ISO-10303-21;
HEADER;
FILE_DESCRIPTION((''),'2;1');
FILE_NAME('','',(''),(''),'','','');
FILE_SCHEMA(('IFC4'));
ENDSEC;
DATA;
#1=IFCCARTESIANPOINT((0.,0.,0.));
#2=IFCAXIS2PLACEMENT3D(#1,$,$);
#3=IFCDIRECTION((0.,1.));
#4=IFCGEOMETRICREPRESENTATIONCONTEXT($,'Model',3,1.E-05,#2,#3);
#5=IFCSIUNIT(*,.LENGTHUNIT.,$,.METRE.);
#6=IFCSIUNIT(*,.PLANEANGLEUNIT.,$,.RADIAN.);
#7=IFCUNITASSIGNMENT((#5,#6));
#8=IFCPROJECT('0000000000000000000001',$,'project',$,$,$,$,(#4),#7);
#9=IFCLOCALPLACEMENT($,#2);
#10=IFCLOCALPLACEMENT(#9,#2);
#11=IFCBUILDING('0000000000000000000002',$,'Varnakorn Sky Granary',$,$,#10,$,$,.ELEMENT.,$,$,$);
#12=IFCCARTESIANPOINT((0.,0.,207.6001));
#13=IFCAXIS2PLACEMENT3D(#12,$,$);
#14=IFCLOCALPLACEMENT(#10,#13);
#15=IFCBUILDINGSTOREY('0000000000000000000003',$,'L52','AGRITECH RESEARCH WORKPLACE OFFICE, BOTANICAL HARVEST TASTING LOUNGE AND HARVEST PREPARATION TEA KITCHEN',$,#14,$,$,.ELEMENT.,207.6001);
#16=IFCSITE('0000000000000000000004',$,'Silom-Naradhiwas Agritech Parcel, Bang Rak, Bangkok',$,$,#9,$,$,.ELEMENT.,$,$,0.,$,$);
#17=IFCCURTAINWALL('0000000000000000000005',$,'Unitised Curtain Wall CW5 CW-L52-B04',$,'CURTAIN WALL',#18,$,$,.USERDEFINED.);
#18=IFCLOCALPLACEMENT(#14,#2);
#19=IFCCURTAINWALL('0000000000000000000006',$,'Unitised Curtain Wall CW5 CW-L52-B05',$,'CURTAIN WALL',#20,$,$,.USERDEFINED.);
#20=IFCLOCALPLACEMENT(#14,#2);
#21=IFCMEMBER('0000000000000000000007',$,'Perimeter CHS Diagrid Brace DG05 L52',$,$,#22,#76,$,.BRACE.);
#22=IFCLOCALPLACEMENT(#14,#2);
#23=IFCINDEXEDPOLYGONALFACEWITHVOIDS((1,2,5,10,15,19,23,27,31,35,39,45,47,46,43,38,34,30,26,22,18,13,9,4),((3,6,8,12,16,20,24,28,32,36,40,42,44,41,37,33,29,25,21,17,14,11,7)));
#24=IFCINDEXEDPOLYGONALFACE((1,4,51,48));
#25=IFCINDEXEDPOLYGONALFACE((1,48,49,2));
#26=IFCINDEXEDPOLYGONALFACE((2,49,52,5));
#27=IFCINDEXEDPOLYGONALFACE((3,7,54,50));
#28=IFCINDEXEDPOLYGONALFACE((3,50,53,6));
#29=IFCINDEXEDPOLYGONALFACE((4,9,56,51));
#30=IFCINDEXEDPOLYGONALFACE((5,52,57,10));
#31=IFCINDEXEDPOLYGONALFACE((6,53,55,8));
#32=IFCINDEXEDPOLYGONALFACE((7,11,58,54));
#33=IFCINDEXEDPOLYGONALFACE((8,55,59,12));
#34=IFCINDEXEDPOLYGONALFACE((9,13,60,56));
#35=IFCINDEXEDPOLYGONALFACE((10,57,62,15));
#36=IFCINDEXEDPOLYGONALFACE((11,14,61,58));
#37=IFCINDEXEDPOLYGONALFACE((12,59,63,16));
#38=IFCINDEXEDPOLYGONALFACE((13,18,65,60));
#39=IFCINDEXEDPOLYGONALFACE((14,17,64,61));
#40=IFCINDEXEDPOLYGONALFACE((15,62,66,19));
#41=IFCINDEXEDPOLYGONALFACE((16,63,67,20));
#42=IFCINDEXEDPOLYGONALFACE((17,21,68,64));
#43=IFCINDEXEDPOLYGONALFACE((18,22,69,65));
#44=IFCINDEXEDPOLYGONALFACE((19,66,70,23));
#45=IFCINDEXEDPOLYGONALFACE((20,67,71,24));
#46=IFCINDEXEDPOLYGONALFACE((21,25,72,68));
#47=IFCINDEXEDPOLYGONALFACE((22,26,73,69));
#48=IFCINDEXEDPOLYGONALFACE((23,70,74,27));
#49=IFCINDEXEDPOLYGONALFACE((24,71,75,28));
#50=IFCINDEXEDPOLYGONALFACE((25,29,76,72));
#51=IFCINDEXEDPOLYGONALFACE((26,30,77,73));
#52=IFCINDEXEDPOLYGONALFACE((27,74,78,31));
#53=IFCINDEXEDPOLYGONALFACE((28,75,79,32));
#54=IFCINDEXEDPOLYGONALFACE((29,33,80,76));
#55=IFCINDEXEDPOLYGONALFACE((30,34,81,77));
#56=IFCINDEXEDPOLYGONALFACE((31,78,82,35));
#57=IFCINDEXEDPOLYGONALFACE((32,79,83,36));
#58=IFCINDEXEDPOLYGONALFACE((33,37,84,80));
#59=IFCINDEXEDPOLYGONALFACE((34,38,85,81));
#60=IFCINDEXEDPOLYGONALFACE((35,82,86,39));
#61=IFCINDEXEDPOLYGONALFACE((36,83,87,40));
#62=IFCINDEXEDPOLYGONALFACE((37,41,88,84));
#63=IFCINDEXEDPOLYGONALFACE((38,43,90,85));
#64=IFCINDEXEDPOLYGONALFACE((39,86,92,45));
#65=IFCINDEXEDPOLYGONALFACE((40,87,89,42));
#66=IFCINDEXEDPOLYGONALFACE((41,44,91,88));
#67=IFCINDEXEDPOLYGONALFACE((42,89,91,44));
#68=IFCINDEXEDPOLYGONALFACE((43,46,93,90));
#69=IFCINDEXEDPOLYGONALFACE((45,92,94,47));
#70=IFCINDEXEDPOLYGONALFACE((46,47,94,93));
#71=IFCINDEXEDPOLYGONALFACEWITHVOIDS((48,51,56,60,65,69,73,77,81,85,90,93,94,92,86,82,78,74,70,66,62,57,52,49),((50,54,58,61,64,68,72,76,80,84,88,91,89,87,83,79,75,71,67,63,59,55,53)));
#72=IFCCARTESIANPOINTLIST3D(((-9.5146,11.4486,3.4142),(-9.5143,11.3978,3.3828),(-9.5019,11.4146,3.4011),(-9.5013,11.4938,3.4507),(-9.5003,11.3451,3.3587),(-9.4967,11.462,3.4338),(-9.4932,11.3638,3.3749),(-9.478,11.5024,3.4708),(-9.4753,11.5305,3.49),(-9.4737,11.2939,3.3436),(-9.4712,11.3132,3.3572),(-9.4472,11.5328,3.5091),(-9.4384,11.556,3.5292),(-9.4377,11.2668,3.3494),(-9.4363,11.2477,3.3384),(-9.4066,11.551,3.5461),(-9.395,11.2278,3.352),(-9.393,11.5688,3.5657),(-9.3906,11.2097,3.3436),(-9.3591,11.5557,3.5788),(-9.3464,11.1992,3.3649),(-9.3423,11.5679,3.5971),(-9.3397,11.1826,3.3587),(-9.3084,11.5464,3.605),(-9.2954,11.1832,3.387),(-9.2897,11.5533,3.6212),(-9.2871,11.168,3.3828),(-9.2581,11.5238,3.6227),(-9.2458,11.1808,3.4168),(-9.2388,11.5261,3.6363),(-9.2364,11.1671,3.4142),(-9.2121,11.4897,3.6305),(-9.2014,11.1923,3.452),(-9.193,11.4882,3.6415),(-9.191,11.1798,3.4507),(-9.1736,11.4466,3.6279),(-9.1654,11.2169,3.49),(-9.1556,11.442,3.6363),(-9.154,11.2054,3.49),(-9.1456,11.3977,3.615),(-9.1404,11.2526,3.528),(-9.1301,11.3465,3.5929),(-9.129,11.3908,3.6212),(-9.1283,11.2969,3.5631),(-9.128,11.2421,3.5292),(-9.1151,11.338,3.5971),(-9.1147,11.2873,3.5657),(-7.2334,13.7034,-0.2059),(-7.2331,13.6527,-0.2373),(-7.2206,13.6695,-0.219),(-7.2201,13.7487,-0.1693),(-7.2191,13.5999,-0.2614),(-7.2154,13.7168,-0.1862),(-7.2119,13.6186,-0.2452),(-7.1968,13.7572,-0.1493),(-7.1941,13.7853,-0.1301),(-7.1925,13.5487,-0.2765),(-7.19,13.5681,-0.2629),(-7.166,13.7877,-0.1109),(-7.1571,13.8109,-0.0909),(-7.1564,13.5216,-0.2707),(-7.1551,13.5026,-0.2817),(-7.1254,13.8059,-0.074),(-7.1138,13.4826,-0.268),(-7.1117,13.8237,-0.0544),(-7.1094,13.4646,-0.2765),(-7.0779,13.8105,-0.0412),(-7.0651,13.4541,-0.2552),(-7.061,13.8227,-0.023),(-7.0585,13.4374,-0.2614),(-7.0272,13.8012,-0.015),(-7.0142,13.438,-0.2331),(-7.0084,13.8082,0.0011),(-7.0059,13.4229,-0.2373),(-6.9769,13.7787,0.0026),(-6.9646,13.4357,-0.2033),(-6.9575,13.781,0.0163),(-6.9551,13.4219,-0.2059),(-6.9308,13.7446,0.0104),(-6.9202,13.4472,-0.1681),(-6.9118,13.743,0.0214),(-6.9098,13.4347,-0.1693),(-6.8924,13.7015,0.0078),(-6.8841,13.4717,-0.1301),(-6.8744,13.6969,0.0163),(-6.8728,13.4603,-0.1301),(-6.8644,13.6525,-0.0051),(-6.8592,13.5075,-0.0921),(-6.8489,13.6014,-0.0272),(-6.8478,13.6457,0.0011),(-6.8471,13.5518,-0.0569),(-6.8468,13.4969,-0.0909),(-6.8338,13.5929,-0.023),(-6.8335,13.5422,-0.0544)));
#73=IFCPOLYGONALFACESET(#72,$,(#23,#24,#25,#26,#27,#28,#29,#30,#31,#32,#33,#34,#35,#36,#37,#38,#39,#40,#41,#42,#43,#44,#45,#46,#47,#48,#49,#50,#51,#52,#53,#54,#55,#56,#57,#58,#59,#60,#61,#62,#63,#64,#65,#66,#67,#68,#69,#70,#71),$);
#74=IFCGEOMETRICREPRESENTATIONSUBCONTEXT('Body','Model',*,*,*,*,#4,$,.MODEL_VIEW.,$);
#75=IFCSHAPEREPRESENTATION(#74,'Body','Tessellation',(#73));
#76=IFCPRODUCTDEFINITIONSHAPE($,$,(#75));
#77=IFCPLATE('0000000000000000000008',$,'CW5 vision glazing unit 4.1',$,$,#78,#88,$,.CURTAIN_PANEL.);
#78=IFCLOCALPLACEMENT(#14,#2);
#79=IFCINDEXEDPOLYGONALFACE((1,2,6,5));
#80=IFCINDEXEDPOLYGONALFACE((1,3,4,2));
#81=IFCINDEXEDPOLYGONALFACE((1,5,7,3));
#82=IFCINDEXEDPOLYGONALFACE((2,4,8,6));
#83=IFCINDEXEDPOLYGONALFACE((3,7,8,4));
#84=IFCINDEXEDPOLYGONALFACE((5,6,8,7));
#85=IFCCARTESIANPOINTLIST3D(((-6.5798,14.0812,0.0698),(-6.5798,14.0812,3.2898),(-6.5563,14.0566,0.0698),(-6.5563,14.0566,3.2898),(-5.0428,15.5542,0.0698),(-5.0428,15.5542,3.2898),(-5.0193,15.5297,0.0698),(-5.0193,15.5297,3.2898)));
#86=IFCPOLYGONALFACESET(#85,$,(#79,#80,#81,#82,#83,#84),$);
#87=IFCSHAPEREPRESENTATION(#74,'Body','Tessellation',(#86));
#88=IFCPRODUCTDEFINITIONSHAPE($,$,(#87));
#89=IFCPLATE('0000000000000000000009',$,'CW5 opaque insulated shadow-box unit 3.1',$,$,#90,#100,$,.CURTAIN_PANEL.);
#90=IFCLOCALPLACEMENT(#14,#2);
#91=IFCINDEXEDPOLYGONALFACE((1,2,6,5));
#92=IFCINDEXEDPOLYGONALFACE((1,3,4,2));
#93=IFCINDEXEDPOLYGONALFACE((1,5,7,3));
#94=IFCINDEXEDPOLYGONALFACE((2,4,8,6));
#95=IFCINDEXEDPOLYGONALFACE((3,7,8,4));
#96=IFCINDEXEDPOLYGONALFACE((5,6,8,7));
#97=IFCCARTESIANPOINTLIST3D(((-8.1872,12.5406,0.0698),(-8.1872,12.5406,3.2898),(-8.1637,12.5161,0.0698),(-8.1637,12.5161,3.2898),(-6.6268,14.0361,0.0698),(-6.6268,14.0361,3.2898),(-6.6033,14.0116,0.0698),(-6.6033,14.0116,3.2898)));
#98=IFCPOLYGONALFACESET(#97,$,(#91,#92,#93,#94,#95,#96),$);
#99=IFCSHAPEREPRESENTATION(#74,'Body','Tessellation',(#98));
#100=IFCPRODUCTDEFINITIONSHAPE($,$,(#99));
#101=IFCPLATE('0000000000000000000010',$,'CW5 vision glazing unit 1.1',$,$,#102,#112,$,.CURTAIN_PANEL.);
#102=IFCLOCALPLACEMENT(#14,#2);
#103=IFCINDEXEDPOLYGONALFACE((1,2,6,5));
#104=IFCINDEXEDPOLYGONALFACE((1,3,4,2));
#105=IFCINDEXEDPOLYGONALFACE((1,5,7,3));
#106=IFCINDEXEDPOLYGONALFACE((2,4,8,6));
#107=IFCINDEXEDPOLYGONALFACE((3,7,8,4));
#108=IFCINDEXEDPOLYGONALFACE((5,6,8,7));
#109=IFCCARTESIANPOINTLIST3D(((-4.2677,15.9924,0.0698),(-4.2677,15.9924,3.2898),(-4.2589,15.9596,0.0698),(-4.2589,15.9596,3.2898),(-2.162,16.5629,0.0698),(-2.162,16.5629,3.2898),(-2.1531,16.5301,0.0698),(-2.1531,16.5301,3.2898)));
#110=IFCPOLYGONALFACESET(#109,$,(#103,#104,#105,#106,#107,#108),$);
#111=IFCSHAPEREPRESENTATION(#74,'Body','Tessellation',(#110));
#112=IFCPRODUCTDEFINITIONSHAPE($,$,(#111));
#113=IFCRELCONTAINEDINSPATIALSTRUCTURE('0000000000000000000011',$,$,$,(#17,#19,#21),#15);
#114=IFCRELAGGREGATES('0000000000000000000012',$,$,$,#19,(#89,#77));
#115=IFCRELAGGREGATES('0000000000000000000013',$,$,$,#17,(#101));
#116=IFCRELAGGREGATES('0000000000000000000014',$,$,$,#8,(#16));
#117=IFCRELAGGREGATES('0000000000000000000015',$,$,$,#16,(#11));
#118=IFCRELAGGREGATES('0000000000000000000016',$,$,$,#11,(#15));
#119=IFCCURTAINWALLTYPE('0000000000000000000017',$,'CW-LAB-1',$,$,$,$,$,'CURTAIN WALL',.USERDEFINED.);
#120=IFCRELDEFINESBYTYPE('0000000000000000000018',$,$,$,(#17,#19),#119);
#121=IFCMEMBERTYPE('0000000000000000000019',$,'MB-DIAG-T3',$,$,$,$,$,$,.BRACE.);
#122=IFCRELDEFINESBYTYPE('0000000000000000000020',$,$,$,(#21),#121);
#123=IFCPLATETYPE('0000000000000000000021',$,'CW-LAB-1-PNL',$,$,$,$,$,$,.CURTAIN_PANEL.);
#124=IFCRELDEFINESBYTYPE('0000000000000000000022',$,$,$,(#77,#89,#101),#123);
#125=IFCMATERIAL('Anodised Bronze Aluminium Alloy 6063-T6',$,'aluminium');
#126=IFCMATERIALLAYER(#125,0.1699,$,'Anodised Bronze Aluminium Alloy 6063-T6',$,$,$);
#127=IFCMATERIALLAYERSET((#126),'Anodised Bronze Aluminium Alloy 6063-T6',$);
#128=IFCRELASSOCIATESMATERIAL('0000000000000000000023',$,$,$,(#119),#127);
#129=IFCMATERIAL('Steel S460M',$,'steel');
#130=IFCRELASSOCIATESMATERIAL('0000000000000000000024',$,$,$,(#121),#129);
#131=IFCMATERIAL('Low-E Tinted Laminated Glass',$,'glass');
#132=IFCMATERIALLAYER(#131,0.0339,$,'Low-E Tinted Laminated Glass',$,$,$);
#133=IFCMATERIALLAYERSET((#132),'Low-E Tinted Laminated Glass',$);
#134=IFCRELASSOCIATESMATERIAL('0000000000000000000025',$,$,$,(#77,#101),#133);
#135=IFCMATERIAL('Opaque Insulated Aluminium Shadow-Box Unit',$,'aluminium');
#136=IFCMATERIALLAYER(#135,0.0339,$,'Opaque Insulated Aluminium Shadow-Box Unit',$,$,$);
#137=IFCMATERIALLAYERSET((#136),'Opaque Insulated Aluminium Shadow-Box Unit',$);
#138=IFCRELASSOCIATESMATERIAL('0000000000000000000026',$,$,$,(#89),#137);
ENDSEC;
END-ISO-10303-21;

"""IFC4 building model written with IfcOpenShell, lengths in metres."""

from ifc_helpers import new_model, si_unit, direction, frame, origin, origin_2d, place, context, subcontext, project, spatial, rectangle, hollow_circle, extrude, source, transform, mapped, material, layer, layer_set, material_profile, profile_set, type_object, type_shapes, element, aggregate, save


model = new_model("IFC4")

# Units and contexts
model_context = context("Model", 3, precision=1e-05, world=origin(), true_north=direction((0.0, 1.0)))
body_context = subcontext(model_context, "Body", "Model", "MODEL_VIEW")
ifc_project = project(units=[si_unit("LENGTHUNIT", "METRE"), si_unit("PLANEANGLEUNIT", "RADIAN")], contexts=[model_context])

# Site, building, storey
site_placement = place(None, origin())
site = spatial("IfcSite", under=ifc_project, at=site_placement, Name="Silom-Naradhiwas Agritech Parcel, Bang Rak, Bangkok", CompositionType="ELEMENT", RefElevation=0.0)
building_placement = place(site_placement, origin())
building = spatial("IfcBuilding", under=site, at=building_placement, Name="Varnakorn Sky Granary", CompositionType="ELEMENT")
storey_placement = place(building_placement, frame((0.0, 0.0, 207.6001)))
storey = spatial("IfcBuildingStorey", under=building, at=storey_placement, Name="L52", Description="AGRITECH RESEARCH WORKPLACE OFFICE, BOTANICAL HARVEST TASTING LOUNGE AND HARVEST PREPARATION TEA KITCHEN", CompositionType="ELEMENT", Elevation=207.6001)

# Shared definitions
ifc_material_1 = material(Name="Steel S460M", Category="steel")

# Curtain wall
ifc_material_2 = material(Name="Anodised Bronze Aluminium Alloy 6063-T6", Category="aluminium")
ifc_layer_1 = layer(ifc_material_2, 0.1699, Name="Anodised Bronze Aluminium Alloy 6063-T6")
ifc_layer_set_1 = layer_set([ifc_layer_1], Name="Anodised Bronze Aluminium Alloy 6063-T6")
curtain_wall_type = type_object("IfcCurtainWallType", Name="CW-LAB-1", ElementType="CURTAIN WALL", PredefinedType="USERDEFINED", material=ifc_layer_set_1)
curtain_wall_1_placement = place(storey_placement, origin())
curtain_wall_1 = element("IfcCurtainWall", 1, at=curtain_wall_1_placement, inside=storey, type_object=curtain_wall_type, Name="Unitised Curtain Wall CW5 CW-L52-B04", ObjectType="CURTAIN WALL", PredefinedType="USERDEFINED")

# Curtain wall
curtain_wall_2_placement = place(storey_placement, origin())
curtain_wall_2 = element("IfcCurtainWall", 2, at=curtain_wall_2_placement, inside=storey, type_object=curtain_wall_type, Name="Unitised Curtain Wall CW5 CW-L52-B05", ObjectType="CURTAIN WALL", PredefinedType="USERDEFINED")

# Member
ifc_material_profile_1 = material_profile(ifc_material_1, hollow_circle(Radius=0.2285, WallThickness=0.0161, at=origin_2d()), Name="CHS 457x16")
ifc_profile_set_1 = profile_set([ifc_material_profile_1], Name="Steel S460M")
member_type_1 = type_object("IfcMemberType", Name="MB-DIAG-T3", PredefinedType="BRACE", material=ifc_profile_set_1)
member_1_placement = place(storey_placement, frame((-7.0334, 13.6228, -0.1301), z_axis=(-0.471652, -0.466201, 0.748466), x_axis=(0.702985, -0.711205, 0.0)))
element("IfcMember", 3, at=member_1_placement, inside=storey, type_object=member_type_1, Name="Perimeter CHS Diagrid Brace DG05 L52", PredefinedType="BRACE", context=body_context, shape_type="SweptSolid", body=[
    extrude(hollow_circle(Radius=0.2285, WallThickness=0.0161, at=origin_2d()), origin(), (0.0, 0.0, 1.0), 4.8367),
])

# Plates
ifc_material_3 = material(Name="Low-E Tinted Laminated Glass", Category="glass")
ifc_layer_2 = layer(ifc_material_3, 0.0339, Name="Low-E Tinted Laminated Glass")
ifc_layer_set_2 = layer_set([ifc_layer_2], Name="Low-E Tinted Laminated Glass")
plate_type = type_object("IfcPlateType", Name="CW-LAB-1-PNL", PredefinedType="CURTAIN_PANEL")
shared_shape_1 = source(origin(), body_context, "Body", "SweptSolid", [
    extrude(rectangle(XDim=2.1289, YDim=0.0339, at=origin_2d()), origin(), (0.0, 0.0, 1.0), 3.22),
])
plate_1_placement = place(storey_placement, frame((-5.7996, 14.8054, 0.0698), z_axis=(0.0, 0.0, 1.0), x_axis=(0.721971, 0.691923, 0.0)))
plate_1 = element("IfcPlate", 4, at=plate_1_placement, type_object=plate_type, material=ifc_layer_set_2, Name="CW5 vision glazing unit 4.1", PredefinedType="CURTAIN_PANEL", context=body_context, shape_type="MappedRepresentation", body=[
    mapped(shared_shape_1, transform((0.0, 0.0, 0.0), x_axis=(1.0, 0.0, 0.0), y_axis=(0.0, 1.0, 0.0), z_axis=(0.0, 0.0, 1.0), scale=1.0)),
])
ifc_material_4 = material(Name="Opaque Insulated Aluminium Shadow-Box Unit", Category="aluminium")
ifc_layer_3 = layer(ifc_material_4, 0.0339, Name="Opaque Insulated Aluminium Shadow-Box Unit")
ifc_layer_set_3 = layer_set([ifc_layer_3], Name="Opaque Insulated Aluminium Shadow-Box Unit")
shared_shape_2 = source(origin(), body_context, "Body", "SweptSolid", [
    extrude(rectangle(XDim=2.1614, YDim=0.0339, at=origin_2d()), origin(), (0.0, 0.0, 1.0), 3.22),
])
plate_2_placement = place(storey_placement, frame((-7.3953, 13.2761, 0.0698), z_axis=(0.0, 0.0, 1.0), x_axis=(0.721971, 0.691923, 0.0)))
plate_2 = element("IfcPlate", 5, at=plate_2_placement, type_object=plate_type, material=ifc_layer_set_3, Name="CW5 opaque insulated shadow-box unit 3.1", PredefinedType="CURTAIN_PANEL", context=body_context, shape_type="MappedRepresentation", body=[
    mapped(shared_shape_2, transform((0.0, 0.0, 0.0), x_axis=(1.0, 0.0, 0.0), y_axis=(0.0, 1.0, 0.0), z_axis=(0.0, 0.0, 1.0), scale=1.0)),
])
aggregate(curtain_wall_2, [plate_2, plate_1])
shared_shape_3 = source(origin(), body_context, "Body", "SweptSolid", [
    extrude(rectangle(XDim=2.1816, YDim=0.0339, at=origin_2d()), origin(), (0.0, 0.0, 1.0), 3.22),
])
type_shapes(plate_type, [shared_shape_1, shared_shape_2, shared_shape_3])
plate_3_placement = place(storey_placement, frame((-3.2104, 16.2612, 0.0698), z_axis=(0.0, 0.0, 1.0), x_axis=(0.965203, 0.261502, 0.0)))
plate_3 = element("IfcPlate", 6, at=plate_3_placement, type_object=plate_type, material=ifc_layer_set_2, Name="CW5 vision glazing unit 1.1", PredefinedType="CURTAIN_PANEL", context=body_context, shape_type="MappedRepresentation", body=[
    mapped(shared_shape_3, transform((0.0, 0.0, 0.0), x_axis=(1.0, 0.0, 0.0), y_axis=(0.0, 1.0, 0.0), z_axis=(0.0, 0.0, 1.0), scale=1.0)),
])
aggregate(curtain_wall_1, [plate_3])

save(model, "model.ifc")
